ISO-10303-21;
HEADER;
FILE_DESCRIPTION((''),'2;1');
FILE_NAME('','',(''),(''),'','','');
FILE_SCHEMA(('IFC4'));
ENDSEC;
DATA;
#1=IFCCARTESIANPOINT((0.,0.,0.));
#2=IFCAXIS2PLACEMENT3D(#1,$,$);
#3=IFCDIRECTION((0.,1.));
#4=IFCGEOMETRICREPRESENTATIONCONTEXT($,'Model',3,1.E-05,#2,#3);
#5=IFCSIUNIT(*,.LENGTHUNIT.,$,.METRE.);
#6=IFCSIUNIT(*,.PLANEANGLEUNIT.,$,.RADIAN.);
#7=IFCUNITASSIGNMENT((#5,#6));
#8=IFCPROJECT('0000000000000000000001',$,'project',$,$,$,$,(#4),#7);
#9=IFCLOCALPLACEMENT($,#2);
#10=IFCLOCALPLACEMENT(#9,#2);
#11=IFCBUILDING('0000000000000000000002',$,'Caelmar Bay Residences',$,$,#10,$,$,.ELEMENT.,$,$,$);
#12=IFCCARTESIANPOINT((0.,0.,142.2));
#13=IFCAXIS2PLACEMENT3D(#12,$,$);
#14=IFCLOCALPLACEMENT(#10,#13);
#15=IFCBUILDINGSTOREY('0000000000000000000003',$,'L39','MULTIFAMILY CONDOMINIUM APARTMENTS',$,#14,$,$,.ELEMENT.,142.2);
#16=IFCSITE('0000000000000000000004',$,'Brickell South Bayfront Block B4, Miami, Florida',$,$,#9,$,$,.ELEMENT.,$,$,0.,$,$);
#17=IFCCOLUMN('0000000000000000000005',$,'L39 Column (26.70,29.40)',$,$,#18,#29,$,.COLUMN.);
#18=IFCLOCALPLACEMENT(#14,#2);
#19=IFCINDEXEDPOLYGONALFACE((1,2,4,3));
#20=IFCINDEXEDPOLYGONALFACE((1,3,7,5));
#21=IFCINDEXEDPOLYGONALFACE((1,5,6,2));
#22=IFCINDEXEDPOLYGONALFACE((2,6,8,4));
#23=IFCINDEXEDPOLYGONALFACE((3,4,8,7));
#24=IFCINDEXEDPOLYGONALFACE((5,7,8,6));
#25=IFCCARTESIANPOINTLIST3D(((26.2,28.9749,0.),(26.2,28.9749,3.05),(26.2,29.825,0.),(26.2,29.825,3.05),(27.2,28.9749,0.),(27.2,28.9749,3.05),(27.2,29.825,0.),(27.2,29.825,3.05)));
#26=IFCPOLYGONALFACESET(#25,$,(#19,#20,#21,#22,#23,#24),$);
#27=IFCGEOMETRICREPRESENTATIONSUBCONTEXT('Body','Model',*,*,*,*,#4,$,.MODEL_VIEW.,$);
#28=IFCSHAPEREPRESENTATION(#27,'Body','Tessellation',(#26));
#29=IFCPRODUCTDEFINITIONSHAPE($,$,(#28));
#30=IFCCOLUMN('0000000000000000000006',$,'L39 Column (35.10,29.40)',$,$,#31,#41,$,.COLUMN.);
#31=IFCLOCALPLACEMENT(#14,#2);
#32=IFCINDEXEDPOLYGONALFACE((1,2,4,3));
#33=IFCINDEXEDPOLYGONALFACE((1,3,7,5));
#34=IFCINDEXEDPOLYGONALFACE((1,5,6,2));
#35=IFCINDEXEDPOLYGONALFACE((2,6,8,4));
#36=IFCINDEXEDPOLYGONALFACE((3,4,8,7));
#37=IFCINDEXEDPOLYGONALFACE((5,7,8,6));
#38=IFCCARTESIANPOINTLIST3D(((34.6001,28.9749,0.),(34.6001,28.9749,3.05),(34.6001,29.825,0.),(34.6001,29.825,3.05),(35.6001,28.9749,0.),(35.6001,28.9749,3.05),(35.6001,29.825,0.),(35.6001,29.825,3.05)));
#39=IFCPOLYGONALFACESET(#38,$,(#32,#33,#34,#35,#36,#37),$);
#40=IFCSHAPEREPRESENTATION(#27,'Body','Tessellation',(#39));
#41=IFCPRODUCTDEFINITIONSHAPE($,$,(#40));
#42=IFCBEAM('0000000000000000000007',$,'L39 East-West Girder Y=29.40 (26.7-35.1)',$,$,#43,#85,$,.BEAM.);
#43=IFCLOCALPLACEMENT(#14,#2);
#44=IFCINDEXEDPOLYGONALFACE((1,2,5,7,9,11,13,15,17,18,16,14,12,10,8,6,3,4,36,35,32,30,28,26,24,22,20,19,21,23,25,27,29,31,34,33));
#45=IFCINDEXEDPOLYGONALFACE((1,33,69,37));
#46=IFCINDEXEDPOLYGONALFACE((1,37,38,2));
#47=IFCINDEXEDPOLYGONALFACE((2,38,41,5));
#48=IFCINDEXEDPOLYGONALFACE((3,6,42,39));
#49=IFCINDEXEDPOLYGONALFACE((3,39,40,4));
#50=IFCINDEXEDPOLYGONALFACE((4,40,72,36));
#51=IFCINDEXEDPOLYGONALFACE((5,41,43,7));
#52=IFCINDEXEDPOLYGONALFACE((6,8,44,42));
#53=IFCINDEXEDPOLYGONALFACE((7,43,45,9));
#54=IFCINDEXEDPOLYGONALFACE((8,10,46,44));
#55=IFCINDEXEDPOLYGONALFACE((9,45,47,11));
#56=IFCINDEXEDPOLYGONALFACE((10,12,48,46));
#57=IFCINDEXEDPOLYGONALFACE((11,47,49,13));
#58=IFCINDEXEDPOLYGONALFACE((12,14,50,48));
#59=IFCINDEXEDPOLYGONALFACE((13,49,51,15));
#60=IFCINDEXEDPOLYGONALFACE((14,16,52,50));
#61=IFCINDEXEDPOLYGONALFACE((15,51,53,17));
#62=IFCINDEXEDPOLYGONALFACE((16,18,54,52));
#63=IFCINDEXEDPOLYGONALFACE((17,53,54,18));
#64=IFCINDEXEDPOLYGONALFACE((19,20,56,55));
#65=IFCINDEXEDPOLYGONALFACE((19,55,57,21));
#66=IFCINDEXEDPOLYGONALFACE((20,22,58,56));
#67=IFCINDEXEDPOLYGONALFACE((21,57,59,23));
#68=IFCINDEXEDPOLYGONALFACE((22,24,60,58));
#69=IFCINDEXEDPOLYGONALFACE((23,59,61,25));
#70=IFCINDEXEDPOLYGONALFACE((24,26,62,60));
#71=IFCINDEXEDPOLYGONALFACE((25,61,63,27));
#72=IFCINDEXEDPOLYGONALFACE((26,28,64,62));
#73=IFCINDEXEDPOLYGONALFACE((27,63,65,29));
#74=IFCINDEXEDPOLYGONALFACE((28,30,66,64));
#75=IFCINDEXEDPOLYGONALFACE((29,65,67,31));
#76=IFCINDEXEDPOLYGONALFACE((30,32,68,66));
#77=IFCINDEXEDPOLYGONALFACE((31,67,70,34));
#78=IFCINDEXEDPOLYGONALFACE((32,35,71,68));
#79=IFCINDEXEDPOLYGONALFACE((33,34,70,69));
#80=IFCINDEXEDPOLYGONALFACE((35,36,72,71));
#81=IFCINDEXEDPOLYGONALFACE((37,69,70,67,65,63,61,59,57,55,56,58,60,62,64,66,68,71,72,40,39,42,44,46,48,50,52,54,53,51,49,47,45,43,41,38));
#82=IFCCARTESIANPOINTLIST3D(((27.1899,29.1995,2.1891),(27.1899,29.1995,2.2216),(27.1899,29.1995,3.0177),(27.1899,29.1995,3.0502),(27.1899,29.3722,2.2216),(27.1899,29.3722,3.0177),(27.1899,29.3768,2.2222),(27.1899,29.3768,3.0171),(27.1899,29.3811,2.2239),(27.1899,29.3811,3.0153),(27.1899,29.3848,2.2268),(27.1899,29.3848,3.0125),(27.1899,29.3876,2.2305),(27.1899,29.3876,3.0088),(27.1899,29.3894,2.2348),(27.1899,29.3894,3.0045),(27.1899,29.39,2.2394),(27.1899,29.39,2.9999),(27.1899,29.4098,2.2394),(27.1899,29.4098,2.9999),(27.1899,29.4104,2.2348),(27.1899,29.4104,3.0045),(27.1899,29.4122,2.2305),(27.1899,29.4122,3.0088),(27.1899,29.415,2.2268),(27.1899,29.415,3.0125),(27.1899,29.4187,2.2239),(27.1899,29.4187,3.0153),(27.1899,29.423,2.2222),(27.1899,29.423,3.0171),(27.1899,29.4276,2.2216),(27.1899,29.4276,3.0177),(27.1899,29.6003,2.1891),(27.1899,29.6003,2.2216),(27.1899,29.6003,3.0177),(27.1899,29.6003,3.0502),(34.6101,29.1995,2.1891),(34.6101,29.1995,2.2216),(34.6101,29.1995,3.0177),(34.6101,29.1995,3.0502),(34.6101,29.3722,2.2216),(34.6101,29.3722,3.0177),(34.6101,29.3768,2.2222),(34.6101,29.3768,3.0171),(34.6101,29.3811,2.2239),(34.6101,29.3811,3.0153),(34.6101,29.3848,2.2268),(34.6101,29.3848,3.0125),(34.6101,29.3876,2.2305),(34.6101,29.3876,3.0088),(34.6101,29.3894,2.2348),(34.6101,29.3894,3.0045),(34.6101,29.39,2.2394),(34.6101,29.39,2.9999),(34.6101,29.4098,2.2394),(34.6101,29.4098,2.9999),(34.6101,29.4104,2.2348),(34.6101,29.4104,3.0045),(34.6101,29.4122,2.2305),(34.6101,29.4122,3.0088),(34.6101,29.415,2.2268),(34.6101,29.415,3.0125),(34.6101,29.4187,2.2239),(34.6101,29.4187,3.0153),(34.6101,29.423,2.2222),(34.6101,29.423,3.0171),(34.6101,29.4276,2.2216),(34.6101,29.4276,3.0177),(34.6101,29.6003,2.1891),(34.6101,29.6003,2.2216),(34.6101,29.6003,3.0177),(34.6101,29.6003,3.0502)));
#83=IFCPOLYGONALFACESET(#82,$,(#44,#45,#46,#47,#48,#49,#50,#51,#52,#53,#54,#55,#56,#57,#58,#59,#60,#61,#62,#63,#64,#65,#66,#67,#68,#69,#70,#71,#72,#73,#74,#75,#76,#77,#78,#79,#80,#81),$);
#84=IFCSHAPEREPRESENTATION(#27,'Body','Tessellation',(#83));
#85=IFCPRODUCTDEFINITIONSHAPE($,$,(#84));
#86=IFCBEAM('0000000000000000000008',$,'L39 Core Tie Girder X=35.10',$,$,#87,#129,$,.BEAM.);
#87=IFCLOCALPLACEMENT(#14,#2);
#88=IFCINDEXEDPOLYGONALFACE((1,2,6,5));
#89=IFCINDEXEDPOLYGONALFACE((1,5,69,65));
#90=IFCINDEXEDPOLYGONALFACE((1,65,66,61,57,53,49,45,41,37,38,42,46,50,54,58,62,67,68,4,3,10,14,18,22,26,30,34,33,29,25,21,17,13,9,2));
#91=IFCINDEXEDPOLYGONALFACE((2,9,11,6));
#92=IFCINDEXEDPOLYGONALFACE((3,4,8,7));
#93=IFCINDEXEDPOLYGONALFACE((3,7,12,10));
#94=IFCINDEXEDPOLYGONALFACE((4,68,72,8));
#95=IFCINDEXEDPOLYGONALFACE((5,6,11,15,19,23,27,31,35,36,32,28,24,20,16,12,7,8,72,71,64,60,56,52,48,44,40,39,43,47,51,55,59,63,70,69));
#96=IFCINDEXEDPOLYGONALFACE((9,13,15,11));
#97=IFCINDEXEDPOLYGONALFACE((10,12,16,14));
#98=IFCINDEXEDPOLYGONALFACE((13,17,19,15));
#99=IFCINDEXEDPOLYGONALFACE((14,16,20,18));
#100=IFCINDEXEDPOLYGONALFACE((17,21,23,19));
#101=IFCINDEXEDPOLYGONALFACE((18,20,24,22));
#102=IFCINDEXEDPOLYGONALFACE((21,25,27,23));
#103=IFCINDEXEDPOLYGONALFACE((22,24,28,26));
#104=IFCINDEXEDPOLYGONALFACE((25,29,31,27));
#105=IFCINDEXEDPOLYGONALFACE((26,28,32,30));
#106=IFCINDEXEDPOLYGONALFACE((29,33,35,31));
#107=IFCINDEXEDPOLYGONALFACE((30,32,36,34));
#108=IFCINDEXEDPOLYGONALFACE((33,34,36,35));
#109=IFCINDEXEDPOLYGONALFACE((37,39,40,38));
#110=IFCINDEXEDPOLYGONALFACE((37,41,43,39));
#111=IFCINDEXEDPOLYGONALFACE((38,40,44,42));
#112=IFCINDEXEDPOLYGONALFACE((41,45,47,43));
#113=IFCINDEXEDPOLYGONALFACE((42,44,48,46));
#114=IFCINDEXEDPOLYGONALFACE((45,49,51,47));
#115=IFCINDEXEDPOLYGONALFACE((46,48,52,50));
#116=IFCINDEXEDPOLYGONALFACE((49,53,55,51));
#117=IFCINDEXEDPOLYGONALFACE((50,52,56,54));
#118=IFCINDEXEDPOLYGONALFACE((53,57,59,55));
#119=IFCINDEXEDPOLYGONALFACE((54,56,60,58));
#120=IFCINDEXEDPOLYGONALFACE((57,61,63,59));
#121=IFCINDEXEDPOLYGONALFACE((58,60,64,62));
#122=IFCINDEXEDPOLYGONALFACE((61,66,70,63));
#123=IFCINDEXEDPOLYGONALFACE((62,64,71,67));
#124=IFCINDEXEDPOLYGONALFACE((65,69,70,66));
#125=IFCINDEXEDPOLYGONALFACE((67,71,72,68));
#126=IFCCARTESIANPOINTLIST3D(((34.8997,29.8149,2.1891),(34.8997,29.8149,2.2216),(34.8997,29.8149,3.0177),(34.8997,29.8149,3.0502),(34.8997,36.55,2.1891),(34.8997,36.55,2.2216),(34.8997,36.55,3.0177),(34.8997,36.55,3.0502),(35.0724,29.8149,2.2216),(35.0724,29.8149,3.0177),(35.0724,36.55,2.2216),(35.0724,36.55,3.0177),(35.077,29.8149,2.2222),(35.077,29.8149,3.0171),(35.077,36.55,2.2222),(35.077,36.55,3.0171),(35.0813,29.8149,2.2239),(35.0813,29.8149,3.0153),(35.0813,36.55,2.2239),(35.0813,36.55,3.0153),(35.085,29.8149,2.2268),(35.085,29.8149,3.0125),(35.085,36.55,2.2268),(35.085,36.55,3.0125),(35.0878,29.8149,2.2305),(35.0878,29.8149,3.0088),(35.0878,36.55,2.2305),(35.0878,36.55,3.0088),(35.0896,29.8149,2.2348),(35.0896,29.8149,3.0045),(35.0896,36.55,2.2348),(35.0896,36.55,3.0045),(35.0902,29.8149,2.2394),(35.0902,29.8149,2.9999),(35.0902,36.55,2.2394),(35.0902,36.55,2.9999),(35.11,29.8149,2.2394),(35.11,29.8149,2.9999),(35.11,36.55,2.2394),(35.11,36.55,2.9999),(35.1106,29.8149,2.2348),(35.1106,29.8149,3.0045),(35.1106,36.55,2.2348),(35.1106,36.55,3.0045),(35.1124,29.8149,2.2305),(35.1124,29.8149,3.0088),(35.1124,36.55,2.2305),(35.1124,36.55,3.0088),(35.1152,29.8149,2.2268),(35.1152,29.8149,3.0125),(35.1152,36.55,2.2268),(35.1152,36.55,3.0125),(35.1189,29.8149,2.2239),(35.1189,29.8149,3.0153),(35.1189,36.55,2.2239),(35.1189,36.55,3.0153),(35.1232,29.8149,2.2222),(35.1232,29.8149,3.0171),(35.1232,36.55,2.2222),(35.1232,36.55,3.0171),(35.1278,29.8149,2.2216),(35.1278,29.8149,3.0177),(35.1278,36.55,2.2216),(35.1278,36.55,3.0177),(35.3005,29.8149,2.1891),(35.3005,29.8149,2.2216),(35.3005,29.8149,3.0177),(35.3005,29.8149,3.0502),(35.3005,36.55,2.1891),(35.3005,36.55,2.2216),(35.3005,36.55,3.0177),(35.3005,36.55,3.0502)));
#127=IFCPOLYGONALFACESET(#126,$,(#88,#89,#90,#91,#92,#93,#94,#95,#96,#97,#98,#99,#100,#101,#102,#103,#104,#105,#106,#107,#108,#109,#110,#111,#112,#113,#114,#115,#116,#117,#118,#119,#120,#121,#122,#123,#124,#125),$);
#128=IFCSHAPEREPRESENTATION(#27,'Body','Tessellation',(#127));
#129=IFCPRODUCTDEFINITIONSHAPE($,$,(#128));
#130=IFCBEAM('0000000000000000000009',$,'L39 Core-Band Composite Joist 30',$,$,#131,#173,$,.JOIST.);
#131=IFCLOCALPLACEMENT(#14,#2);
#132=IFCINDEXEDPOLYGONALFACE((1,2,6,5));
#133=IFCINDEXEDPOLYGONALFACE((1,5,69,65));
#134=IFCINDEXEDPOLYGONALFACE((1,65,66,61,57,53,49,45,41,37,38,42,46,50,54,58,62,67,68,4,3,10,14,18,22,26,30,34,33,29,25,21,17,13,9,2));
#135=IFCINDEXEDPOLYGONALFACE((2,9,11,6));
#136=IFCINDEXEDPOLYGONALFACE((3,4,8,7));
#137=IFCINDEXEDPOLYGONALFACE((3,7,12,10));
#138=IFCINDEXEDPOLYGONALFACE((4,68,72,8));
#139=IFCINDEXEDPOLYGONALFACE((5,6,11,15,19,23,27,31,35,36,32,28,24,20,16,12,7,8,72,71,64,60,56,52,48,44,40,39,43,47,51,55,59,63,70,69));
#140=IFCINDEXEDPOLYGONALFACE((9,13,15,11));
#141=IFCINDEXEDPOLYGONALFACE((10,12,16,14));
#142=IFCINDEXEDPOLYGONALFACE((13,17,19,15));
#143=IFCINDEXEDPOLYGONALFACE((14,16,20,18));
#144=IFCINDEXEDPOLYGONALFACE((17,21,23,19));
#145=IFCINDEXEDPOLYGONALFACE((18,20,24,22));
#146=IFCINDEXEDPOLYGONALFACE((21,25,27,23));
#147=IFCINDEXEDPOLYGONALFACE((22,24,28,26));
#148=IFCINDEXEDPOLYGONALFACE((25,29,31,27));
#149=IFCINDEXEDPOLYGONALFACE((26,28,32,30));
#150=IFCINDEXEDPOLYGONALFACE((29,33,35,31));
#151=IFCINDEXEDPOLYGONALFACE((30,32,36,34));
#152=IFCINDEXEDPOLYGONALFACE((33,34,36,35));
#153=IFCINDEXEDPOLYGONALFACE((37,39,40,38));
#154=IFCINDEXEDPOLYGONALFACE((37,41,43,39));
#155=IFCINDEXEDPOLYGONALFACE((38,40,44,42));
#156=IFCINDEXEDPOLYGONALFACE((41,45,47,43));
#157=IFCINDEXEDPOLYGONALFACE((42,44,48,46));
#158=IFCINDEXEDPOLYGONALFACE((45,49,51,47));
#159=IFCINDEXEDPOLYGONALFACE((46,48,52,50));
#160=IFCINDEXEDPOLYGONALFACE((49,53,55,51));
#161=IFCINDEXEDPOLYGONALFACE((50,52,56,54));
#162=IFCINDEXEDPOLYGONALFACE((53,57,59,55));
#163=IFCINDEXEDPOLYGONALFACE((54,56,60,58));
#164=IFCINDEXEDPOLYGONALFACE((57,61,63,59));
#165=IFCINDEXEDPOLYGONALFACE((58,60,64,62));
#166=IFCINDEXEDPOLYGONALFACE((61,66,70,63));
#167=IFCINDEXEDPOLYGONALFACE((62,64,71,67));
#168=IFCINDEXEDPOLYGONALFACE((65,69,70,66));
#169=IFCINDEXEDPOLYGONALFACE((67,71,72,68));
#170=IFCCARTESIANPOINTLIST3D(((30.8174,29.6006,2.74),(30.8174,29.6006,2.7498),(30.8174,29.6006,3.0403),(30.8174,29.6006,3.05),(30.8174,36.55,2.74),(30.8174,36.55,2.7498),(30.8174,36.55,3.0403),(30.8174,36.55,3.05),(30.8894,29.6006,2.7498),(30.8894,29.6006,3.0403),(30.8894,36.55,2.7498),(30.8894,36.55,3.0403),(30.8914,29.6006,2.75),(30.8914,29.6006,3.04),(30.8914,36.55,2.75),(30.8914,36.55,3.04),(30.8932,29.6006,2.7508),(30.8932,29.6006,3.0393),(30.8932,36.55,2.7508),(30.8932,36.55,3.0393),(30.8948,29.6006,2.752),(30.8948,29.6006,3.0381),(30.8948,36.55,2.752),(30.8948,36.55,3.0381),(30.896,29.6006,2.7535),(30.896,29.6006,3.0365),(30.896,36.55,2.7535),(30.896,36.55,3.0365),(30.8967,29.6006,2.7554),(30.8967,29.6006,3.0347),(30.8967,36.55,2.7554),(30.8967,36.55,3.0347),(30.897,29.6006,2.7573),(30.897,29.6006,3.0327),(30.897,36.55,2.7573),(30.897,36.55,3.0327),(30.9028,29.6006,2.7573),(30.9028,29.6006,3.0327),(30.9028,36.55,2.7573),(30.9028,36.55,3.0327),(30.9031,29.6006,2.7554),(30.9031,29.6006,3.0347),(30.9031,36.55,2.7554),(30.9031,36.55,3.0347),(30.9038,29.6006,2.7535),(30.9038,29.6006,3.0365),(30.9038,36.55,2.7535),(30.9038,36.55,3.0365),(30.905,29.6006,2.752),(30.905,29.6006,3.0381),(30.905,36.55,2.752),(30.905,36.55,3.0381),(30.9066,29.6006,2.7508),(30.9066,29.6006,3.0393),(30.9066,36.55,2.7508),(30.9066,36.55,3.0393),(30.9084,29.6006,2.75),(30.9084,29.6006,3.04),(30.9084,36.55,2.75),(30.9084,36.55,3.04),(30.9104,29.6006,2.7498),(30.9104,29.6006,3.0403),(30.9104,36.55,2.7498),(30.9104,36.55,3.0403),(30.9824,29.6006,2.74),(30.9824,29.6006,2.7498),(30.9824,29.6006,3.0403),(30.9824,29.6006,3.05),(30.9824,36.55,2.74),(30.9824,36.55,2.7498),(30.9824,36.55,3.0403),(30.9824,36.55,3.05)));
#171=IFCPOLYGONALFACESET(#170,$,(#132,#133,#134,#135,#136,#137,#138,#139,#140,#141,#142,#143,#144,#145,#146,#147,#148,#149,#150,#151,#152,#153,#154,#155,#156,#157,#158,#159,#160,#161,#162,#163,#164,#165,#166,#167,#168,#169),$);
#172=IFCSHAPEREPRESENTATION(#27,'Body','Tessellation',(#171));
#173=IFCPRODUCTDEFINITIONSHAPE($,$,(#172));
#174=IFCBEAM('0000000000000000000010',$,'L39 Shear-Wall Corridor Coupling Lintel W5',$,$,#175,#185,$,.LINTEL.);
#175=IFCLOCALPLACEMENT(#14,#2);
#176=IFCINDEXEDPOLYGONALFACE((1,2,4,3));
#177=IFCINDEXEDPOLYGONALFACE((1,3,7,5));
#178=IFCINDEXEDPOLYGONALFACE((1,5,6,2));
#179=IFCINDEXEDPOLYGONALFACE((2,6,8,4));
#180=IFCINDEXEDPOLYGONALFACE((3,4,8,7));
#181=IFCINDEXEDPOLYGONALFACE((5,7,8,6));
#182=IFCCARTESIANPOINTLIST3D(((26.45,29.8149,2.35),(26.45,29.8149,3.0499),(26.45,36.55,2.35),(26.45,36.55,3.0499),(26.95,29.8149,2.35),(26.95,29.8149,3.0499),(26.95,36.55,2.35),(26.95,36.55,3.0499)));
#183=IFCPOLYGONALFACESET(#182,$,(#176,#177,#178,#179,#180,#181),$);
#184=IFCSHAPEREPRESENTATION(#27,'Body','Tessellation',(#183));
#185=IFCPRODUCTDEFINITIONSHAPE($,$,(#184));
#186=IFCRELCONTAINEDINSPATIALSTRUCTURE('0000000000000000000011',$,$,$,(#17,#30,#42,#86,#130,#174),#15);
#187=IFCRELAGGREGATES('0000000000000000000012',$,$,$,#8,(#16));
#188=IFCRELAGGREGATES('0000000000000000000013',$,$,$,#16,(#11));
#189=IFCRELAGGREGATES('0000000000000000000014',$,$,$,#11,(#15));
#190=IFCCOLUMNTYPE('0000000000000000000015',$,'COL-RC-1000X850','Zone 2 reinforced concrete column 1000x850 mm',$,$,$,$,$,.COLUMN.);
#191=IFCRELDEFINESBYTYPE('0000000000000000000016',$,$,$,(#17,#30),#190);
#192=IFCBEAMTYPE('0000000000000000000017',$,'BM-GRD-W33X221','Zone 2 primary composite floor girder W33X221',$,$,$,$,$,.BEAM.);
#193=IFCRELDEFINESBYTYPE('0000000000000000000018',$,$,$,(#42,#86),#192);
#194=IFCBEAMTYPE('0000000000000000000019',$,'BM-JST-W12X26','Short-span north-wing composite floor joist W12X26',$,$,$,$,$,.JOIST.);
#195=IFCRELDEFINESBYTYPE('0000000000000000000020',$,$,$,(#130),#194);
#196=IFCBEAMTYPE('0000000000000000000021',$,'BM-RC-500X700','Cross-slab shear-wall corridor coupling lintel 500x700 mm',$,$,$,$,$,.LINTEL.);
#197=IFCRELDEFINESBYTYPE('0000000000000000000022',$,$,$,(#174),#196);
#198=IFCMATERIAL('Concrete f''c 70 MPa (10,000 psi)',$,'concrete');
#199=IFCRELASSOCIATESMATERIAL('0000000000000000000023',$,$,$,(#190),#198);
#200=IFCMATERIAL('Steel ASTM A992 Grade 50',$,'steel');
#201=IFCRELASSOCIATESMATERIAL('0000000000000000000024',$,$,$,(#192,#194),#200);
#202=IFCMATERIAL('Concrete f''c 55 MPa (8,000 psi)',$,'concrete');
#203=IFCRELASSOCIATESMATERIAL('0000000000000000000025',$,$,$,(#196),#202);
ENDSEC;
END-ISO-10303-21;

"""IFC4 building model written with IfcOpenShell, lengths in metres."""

from ifc_helpers import new_model, si_unit, direction, frame, origin, origin_2d, place, context, subcontext, project, spatial, rectangle, i_section, extrude, material, material_profile, profile_set, type_object, element, save


model = new_model("IFC4")

# Units and contexts
model_context = context("Model", 3, precision=1e-05, world=origin(), true_north=direction((0.0, 1.0)))
body_context = subcontext(model_context, "Body", "Model", "MODEL_VIEW")
ifc_project = project(units=[si_unit("LENGTHUNIT", "METRE"), si_unit("PLANEANGLEUNIT", "RADIAN")], contexts=[model_context])

# Site, building, storey
site_placement = place(None, origin())
site = spatial("IfcSite", under=ifc_project, at=site_placement, Name="Brickell South Bayfront Block B4, Miami, Florida", CompositionType="ELEMENT", RefElevation=0.0)
building_placement = place(site_placement, origin())
building = spatial("IfcBuilding", under=site, at=building_placement, Name="Caelmar Bay Residences", CompositionType="ELEMENT")
storey_placement = place(building_placement, frame((0.0, 0.0, 142.2)))
storey = spatial("IfcBuildingStorey", under=building, at=storey_placement, Name="L39", Description="MULTIFAMILY CONDOMINIUM APARTMENTS", CompositionType="ELEMENT", Elevation=142.2)

# Columns
ifc_material_1 = material(Name="Concrete f'c 70 MPa (10,000 psi)", Category="concrete")
ifc_material_profile_1 = material_profile(ifc_material_1, rectangle(XDim=1.0, YDim=0.8501, at=origin_2d()), Name="RC-COL-1000X850")
ifc_profile_set_1 = profile_set([ifc_material_profile_1], Name="Concrete f'c 70 MPa (10,000 psi)")
column_type = type_object("IfcColumnType", Name="COL-RC-1000X850", Description="Zone 2 reinforced concrete column 1000x850 mm", PredefinedType="COLUMN", material=ifc_profile_set_1)
for number, where, z_axis, x_axis, name in (
    (1, (26.7, 29.3999, 0.0), (0.0, 0.0, 1.0), (1.0, 0.0, 0.0), "L39 Column (26.70,29.40)"),
    (2, (35.1001, 29.3999, 0.0), (0.0, 0.0, 1.0), (1.0, 0.0, 0.0), "L39 Column (35.10,29.40)"),
):
    element("IfcColumn", number, at=place(storey_placement, frame(where, z_axis=z_axis, x_axis=x_axis)), inside=storey, type_object=column_type, Name=name, PredefinedType="COLUMN", context=body_context, shape_type="SweptSolid", body=[
        extrude(rectangle(XDim=1.0, YDim=0.8501, at=origin_2d()), origin(), (0.0, 0.0, 1.0), 3.05),
    ])

# Beams
ifc_material_2 = material(Name="Steel ASTM A992 Grade 50", Category="steel")
ifc_material_profile_2 = material_profile(ifc_material_2, i_section(OverallWidth=0.4009, OverallDepth=0.8611, WebThickness=0.0198, FlangeThickness=0.0325, FilletRadius=0.0178, at=origin_2d()), Name="W33X221")
ifc_profile_set_2 = profile_set([ifc_material_profile_2], Name="Steel ASTM A992 Grade 50")
beam_type_1 = type_object("IfcBeamType", Name="BM-GRD-W33X221", Description="Zone 2 primary composite floor girder W33X221", PredefinedType="BEAM", material=ifc_profile_set_2)
beam_1_placement = place(storey_placement, frame((27.1899, 29.3999, 2.6196), z_axis=(1.0, 0.0, 0.0), x_axis=(0.0, 1.0, 0.0)))
element("IfcBeam", 3, at=beam_1_placement, inside=storey, type_object=beam_type_1, Name="L39 East-West Girder Y=29.40 (26.7-35.1)", PredefinedType="BEAM", context=body_context, shape_type="SweptSolid", body=[
    extrude(i_section(OverallWidth=0.4009, OverallDepth=0.8611, WebThickness=0.0198, FlangeThickness=0.0325, FilletRadius=0.0178, at=origin_2d()), origin(), (0.0, 0.0, 1.0), 7.4202),
])
beam_2_placement = place(storey_placement, frame((35.1001, 29.8149, 2.6196), z_axis=(0.0, 1.0, 0.0), x_axis=(-1.0, 0.0, 0.0)))
element("IfcBeam", 4, at=beam_2_placement, inside=storey, type_object=beam_type_1, Name="L39 Core Tie Girder X=35.10", PredefinedType="BEAM", context=body_context, shape_type="SweptSolid", body=[
    extrude(i_section(OverallWidth=0.4009, OverallDepth=0.8611, WebThickness=0.0198, FlangeThickness=0.0325, FilletRadius=0.0178, at=origin_2d()), origin(), (0.0, 0.0, 1.0), 6.7351),
])
ifc_material_profile_3 = material_profile(ifc_material_2, i_section(OverallWidth=0.165, OverallDepth=0.3101, WebThickness=0.0059, FlangeThickness=0.0098, FilletRadius=0.0076, at=origin_2d()), Name="W12X26")
ifc_profile_set_3 = profile_set([ifc_material_profile_3], Name="Steel ASTM A992 Grade 50")
beam_type_2 = type_object("IfcBeamType", Name="BM-JST-W12X26", Description="Short-span north-wing composite floor joist W12X26", PredefinedType="JOIST", material=ifc_profile_set_3)
beam_3_placement = place(storey_placement, frame((30.8999, 29.6006, 2.895), z_axis=(0.0, 1.0, 0.0), x_axis=(-1.0, 0.0, 0.0)))
element("IfcBeam", 5, at=beam_3_placement, inside=storey, type_object=beam_type_2, Name="L39 Core-Band Composite Joist 30", PredefinedType="JOIST", context=body_context, shape_type="SweptSolid", body=[
    extrude(i_section(OverallWidth=0.165, OverallDepth=0.3101, WebThickness=0.0059, FlangeThickness=0.0098, FilletRadius=0.0076, at=origin_2d()), origin(), (0.0, 0.0, 1.0), 6.9495),
])
ifc_material_3 = material(Name="Concrete f'c 55 MPa (8,000 psi)", Category="concrete")
ifc_material_profile_4 = material_profile(ifc_material_3, rectangle(XDim=0.5, YDim=0.7, at=origin_2d()), Name="RC-BM-500X700")
ifc_profile_set_4 = profile_set([ifc_material_profile_4], Name="Concrete f'c 55 MPa (8,000 psi)")
beam_type_3 = type_object("IfcBeamType", Name="BM-RC-500X700", Description="Cross-slab shear-wall corridor coupling lintel 500x700 mm", PredefinedType="LINTEL", material=ifc_profile_set_4)
beam_4_placement = place(storey_placement, frame((26.7, 29.8149, 2.7), z_axis=(0.0, 1.0, 0.0), x_axis=(-1.0, 0.0, 0.0)))
element("IfcBeam", 6, at=beam_4_placement, inside=storey, type_object=beam_type_3, Name="L39 Shear-Wall Corridor Coupling Lintel W5", PredefinedType="LINTEL", context=body_context, shape_type="SweptSolid", body=[
    extrude(rectangle(XDim=0.5, YDim=0.7, at=origin_2d()), origin(), (0.0, 0.0, 1.0), 6.7351),
])

save(model, "model.ifc")
